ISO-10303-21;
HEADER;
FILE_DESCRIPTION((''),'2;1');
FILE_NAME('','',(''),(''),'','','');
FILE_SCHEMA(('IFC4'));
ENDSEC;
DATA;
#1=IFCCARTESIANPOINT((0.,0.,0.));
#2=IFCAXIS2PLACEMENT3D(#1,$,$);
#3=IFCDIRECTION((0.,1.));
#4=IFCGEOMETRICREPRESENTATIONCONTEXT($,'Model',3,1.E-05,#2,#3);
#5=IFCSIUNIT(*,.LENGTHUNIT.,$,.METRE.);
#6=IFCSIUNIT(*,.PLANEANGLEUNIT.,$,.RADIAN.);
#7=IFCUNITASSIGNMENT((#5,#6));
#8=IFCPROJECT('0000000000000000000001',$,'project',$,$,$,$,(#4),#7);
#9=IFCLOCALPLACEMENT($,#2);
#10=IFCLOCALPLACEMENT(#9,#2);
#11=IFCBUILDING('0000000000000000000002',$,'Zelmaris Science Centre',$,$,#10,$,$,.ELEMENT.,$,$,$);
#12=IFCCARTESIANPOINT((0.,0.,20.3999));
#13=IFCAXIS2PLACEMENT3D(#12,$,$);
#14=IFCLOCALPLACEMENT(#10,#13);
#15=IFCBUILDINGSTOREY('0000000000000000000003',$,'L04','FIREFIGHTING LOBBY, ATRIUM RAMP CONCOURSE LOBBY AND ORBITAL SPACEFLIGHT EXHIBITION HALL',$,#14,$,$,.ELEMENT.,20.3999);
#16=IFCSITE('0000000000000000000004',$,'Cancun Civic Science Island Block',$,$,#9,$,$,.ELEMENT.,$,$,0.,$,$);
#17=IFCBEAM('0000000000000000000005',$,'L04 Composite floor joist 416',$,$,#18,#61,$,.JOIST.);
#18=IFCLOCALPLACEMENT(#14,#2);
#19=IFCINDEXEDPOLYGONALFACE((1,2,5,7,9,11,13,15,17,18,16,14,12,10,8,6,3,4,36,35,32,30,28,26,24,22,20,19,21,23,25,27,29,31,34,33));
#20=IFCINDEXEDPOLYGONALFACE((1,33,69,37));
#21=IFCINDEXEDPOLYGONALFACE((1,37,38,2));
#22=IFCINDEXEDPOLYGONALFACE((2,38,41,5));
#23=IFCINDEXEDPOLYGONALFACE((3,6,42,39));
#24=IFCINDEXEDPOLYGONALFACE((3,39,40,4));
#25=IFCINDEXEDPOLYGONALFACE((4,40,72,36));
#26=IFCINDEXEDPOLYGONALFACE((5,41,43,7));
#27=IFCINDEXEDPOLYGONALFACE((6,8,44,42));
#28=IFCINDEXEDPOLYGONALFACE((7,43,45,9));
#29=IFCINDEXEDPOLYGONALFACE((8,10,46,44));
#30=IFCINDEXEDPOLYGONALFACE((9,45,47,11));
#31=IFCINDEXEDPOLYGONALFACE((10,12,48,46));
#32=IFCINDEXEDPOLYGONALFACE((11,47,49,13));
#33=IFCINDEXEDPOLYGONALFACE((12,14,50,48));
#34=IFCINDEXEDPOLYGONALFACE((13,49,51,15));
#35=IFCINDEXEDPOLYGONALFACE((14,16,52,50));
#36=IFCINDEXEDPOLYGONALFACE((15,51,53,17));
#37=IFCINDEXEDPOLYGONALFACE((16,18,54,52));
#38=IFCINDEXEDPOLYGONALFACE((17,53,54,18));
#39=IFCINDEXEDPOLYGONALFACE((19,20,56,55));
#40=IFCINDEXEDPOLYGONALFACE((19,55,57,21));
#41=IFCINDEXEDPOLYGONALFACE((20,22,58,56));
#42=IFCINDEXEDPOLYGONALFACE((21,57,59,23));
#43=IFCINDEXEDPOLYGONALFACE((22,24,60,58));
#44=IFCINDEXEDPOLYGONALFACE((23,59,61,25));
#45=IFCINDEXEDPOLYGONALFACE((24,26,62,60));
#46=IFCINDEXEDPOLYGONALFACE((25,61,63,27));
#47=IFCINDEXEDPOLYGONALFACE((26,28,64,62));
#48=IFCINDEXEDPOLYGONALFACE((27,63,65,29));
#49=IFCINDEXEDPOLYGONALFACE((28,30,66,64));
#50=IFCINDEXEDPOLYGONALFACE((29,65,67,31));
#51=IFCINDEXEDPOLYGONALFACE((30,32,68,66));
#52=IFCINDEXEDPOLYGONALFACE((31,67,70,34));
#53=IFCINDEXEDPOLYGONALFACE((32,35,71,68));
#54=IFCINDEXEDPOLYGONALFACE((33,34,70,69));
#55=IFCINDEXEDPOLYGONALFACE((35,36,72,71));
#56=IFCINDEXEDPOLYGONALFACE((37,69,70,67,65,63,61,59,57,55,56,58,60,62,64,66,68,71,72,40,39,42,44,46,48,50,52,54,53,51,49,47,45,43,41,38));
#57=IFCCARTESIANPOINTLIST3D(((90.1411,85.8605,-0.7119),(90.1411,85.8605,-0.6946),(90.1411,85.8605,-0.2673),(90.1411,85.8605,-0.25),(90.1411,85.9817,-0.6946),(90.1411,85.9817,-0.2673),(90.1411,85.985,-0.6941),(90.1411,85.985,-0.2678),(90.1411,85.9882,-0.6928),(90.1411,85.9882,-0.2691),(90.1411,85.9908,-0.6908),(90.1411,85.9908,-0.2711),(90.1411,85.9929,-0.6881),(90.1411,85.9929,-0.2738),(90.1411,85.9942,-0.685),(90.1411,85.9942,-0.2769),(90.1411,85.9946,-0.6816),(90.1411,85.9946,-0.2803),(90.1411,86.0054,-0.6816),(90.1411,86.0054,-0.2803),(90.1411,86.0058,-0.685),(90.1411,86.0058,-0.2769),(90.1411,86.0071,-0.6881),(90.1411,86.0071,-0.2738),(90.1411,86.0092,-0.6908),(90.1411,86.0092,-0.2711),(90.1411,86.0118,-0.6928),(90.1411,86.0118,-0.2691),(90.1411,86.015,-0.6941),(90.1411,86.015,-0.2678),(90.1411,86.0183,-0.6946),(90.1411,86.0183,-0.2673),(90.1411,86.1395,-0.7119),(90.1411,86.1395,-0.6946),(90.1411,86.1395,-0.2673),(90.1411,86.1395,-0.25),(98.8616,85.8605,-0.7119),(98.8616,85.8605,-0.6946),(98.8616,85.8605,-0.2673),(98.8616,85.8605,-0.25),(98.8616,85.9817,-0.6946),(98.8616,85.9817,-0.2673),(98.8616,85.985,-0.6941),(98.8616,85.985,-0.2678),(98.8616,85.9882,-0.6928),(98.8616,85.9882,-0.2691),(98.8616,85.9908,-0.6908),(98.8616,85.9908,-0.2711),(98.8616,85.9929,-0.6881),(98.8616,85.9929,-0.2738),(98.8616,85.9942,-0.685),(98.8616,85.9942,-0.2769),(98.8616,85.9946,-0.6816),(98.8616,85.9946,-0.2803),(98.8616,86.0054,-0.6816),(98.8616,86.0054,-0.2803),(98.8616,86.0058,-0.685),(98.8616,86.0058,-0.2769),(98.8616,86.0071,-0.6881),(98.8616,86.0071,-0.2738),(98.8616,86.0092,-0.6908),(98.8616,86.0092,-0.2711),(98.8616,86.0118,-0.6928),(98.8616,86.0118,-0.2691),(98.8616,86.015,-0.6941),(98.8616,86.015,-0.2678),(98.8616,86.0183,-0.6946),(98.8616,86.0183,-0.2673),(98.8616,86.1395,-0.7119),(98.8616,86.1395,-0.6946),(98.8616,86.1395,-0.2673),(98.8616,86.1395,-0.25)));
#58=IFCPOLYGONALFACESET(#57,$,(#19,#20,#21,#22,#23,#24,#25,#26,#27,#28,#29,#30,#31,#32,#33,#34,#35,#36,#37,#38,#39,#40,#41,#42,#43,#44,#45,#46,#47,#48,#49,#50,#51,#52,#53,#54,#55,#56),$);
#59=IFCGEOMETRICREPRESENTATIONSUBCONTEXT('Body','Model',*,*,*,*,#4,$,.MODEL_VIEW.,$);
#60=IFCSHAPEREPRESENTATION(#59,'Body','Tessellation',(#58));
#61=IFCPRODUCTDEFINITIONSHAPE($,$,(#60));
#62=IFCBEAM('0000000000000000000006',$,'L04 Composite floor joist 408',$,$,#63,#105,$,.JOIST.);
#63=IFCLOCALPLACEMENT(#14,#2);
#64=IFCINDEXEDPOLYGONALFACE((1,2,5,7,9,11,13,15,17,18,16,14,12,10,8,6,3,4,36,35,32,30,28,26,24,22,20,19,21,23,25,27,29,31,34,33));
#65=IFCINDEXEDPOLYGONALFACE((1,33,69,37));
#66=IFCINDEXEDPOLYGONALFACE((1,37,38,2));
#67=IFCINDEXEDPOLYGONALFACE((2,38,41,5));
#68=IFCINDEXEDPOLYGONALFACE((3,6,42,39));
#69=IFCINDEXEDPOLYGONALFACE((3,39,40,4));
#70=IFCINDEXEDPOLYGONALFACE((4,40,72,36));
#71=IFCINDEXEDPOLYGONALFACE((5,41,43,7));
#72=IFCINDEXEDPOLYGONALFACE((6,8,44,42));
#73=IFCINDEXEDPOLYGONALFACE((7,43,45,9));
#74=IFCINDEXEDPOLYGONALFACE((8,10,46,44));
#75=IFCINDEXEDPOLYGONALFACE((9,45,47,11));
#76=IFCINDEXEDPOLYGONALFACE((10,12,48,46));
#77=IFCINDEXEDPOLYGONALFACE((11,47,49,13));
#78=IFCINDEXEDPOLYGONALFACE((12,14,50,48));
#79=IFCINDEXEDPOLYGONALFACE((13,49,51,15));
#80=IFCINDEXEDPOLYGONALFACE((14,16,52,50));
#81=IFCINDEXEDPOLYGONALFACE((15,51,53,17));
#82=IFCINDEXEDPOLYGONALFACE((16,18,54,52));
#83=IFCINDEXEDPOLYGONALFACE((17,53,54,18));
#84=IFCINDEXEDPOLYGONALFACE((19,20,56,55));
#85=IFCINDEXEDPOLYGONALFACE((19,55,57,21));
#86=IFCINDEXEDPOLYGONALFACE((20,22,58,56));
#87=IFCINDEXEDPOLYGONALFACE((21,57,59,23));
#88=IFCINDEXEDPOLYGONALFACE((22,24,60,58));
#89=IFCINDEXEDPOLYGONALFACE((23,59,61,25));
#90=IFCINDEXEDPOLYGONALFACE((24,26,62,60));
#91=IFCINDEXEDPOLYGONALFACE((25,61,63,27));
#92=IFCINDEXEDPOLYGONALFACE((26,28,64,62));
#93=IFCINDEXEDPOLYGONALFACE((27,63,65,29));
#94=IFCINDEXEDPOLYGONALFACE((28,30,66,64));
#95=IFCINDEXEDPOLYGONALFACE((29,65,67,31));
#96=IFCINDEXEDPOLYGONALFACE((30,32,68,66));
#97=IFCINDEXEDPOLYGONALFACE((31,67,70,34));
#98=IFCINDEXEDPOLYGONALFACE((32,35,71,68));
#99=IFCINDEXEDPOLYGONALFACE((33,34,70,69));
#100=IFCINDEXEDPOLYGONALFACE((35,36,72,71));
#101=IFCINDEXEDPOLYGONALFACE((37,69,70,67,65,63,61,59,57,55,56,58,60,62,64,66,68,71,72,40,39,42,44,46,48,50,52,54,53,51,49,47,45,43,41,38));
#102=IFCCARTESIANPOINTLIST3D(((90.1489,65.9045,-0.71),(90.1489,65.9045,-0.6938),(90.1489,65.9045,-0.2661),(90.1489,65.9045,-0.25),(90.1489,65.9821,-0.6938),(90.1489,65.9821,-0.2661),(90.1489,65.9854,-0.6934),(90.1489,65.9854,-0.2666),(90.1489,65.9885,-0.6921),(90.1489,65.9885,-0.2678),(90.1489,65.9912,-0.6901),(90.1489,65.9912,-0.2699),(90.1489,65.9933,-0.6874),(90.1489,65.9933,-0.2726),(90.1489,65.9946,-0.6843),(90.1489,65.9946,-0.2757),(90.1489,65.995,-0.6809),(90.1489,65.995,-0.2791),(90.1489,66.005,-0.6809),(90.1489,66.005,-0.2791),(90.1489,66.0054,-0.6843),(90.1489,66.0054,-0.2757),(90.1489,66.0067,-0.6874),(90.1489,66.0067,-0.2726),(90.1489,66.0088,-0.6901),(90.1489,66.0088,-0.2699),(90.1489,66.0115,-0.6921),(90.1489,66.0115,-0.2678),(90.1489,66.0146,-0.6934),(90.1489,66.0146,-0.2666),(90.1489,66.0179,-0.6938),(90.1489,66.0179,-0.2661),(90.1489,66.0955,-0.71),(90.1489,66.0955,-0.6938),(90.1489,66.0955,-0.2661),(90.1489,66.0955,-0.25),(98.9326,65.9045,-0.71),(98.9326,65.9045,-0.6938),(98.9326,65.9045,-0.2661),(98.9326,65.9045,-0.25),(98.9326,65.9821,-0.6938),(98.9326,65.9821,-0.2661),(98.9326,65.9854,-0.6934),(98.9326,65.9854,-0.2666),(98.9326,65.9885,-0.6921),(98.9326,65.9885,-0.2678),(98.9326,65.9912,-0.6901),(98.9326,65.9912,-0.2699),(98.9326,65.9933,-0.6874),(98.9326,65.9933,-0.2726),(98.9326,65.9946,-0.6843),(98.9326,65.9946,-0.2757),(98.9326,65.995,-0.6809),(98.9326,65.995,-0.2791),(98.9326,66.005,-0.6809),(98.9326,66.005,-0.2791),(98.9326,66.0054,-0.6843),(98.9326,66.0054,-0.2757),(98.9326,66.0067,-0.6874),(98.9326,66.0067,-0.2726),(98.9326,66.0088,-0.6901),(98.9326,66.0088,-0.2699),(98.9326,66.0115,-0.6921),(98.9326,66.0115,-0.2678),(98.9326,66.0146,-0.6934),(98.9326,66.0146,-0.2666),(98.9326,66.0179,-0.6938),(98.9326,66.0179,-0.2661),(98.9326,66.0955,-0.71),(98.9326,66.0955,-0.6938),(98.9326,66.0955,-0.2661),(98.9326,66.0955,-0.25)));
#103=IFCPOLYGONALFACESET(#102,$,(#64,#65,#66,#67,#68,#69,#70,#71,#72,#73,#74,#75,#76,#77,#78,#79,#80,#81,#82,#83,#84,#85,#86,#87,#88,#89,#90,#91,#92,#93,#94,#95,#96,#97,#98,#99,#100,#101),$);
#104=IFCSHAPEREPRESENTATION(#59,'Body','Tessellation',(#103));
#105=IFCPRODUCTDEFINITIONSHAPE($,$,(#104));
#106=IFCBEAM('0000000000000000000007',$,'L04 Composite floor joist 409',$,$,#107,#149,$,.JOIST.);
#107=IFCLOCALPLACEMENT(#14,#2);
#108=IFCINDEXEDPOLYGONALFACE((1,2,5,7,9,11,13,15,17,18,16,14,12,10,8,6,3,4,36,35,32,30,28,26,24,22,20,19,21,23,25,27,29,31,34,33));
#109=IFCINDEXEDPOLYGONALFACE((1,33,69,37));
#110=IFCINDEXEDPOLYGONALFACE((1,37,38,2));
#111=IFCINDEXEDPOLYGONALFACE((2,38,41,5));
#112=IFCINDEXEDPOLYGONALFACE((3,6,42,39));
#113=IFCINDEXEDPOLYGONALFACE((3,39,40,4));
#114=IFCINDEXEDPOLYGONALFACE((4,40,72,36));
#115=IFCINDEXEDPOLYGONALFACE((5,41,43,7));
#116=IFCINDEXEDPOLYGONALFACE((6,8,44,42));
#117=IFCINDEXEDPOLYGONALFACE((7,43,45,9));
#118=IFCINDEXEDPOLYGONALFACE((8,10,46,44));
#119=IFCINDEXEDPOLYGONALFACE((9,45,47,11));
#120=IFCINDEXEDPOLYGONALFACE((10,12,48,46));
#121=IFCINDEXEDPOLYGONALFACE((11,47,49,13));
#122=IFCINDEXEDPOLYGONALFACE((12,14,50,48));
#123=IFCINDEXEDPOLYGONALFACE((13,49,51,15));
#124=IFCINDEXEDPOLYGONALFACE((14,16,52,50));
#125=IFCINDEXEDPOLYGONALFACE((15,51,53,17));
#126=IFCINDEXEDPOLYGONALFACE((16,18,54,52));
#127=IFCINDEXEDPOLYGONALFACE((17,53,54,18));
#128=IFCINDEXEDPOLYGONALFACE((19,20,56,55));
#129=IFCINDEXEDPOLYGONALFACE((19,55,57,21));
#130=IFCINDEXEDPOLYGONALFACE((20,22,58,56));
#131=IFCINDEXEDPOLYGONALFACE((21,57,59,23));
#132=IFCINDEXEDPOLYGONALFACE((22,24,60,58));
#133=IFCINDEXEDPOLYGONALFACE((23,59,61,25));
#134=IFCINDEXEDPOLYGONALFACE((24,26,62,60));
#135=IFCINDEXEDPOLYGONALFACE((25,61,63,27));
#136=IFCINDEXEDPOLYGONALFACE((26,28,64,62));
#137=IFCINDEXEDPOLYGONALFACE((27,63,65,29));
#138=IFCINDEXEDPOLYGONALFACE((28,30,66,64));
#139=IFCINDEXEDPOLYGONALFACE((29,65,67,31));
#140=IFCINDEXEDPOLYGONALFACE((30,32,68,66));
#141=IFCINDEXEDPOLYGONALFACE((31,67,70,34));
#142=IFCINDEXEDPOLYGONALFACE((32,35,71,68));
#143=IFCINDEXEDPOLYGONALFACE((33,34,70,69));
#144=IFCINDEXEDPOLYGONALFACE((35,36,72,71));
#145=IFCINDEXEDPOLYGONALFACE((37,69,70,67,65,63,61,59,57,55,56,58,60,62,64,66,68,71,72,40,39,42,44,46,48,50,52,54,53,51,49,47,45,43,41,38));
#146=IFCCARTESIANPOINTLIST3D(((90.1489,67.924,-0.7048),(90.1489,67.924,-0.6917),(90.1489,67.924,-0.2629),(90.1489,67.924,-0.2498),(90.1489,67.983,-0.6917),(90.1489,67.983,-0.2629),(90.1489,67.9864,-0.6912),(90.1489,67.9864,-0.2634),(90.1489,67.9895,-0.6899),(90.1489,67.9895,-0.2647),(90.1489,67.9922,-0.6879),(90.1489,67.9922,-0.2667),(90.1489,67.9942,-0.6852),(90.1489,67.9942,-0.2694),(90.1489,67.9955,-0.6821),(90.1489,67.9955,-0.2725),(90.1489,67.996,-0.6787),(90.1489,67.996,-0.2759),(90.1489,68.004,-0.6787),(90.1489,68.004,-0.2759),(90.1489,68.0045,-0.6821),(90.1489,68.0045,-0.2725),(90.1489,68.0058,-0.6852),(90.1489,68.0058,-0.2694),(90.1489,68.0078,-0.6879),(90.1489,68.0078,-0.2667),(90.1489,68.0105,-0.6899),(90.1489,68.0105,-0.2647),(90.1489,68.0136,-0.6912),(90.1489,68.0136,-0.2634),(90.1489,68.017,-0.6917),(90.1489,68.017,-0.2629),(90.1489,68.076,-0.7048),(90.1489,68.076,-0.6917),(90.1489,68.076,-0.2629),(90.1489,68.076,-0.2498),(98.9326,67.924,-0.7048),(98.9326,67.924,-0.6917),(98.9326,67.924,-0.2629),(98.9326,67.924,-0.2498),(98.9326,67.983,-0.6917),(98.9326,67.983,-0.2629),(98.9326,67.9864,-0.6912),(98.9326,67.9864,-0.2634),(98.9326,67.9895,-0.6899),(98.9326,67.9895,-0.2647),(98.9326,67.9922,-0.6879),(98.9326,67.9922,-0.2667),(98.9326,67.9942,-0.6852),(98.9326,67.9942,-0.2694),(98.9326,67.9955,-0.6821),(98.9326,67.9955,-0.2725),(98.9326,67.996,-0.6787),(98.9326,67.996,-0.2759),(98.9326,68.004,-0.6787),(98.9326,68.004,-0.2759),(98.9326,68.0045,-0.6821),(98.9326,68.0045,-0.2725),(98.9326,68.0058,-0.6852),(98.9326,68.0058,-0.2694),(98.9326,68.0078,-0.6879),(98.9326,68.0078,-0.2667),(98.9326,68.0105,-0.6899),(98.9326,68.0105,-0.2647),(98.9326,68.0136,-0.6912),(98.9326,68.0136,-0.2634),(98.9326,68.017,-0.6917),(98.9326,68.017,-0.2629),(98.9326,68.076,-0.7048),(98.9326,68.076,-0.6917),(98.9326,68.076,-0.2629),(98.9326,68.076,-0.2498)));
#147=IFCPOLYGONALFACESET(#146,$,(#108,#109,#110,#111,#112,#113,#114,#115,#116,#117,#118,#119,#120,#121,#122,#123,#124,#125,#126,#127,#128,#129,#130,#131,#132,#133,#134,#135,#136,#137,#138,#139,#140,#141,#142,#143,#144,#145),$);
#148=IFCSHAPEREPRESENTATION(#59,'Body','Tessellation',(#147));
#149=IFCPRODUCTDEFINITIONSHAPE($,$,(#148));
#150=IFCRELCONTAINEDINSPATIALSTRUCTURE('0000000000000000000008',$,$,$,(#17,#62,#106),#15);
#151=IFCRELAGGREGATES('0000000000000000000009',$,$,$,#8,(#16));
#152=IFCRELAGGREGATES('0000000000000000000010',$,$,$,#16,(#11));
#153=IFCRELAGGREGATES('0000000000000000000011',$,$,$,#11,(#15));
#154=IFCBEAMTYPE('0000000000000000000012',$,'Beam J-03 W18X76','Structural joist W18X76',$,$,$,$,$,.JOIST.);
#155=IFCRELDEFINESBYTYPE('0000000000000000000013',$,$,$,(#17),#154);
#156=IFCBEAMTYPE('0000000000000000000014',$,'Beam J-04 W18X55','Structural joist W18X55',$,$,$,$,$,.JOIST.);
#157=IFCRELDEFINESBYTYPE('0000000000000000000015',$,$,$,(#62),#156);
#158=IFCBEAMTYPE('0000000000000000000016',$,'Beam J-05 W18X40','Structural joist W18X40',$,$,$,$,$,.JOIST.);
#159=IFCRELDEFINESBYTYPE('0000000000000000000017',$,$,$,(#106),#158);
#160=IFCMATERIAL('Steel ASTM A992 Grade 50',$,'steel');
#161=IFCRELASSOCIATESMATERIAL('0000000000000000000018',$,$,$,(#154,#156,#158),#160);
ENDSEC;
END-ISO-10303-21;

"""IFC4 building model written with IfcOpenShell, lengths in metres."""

from ifc_helpers import new_model, si_unit, direction, frame, origin, origin_2d, place, context, subcontext, project, spatial, i_section, extrude, material, material_profile, profile_set, type_object, element, save


model = new_model("IFC4")

# Units and contexts
model_context = context("Model", 3, precision=1e-05, world=origin(), true_north=direction((0.0, 1.0)))
body_context = subcontext(model_context, "Body", "Model", "MODEL_VIEW")
ifc_project = project(units=[si_unit("LENGTHUNIT", "METRE"), si_unit("PLANEANGLEUNIT", "RADIAN")], contexts=[model_context])

# Site, building, storey
site_placement = place(None, origin())
site = spatial("IfcSite", under=ifc_project, at=site_placement, Name="Cancun Civic Science Island Block", CompositionType="ELEMENT", RefElevation=0.0)
building_placement = place(site_placement, origin())
building = spatial("IfcBuilding", under=site, at=building_placement, Name="Zelmaris Science Centre", CompositionType="ELEMENT")
storey_placement = place(building_placement, frame((0.0, 0.0, 20.3999)))
storey = spatial("IfcBuildingStorey", under=building, at=storey_placement, Name="L04", Description="FIREFIGHTING LOBBY, ATRIUM RAMP CONCOURSE LOBBY AND ORBITAL SPACEFLIGHT EXHIBITION HALL", CompositionType="ELEMENT", Elevation=20.3999)

# Beams
ifc_material_1 = material(Name="Steel ASTM A992 Grade 50", Category="steel")
ifc_material_profile_1 = material_profile(ifc_material_1, i_section(OverallWidth=0.2791, OverallDepth=0.4619, WebThickness=0.0107, FlangeThickness=0.0173, FilletRadius=0.0129, at=origin_2d()), Name="W18X76")
ifc_profile_set_1 = profile_set([ifc_material_profile_1], Name="Steel ASTM A992 Grade 50")
beam_type_1 = type_object("IfcBeamType", Name="Beam J-03 W18X76", Description="Structural joist W18X76", PredefinedType="JOIST", material=ifc_profile_set_1)
beam_1_placement = place(storey_placement, frame((90.1411, 86.0, -0.481), z_axis=(1.0, 0.0, 0.0), x_axis=(0.0, 1.0, 0.0)))
element("IfcBeam", 1, at=beam_1_placement, inside=storey, type_object=beam_type_1, Name="L04 Composite floor joist 416", PredefinedType="JOIST", context=body_context, shape_type="SweptSolid", body=[
    extrude(i_section(OverallWidth=0.2791, OverallDepth=0.4619, WebThickness=0.0107, FlangeThickness=0.0173, FilletRadius=0.0129, at=origin_2d()), origin(), (0.0, 0.0, 1.0), 8.7205),
])
ifc_material_profile_2 = material_profile(ifc_material_1, i_section(OverallWidth=0.1909, OverallDepth=0.46, WebThickness=0.01, FlangeThickness=0.0161, FilletRadius=0.0129, at=origin_2d()), Name="W18X55")
ifc_profile_set_2 = profile_set([ifc_material_profile_2], Name="Steel ASTM A992 Grade 50")
beam_type_2 = type_object("IfcBeamType", Name="Beam J-04 W18X55", Description="Structural joist W18X55", PredefinedType="JOIST", material=ifc_profile_set_2)
beam_2_placement = place(storey_placement, frame((90.1489, 66.0, -0.48), z_axis=(1.0, 0.0, 0.0), x_axis=(0.0, 1.0, 0.0)))
element("IfcBeam", 2, at=beam_2_placement, inside=storey, type_object=beam_type_2, Name="L04 Composite floor joist 408", PredefinedType="JOIST", context=body_context, shape_type="SweptSolid", body=[
    extrude(i_section(OverallWidth=0.1909, OverallDepth=0.46, WebThickness=0.01, FlangeThickness=0.0161, FilletRadius=0.0129, at=origin_2d()), origin(), (0.0, 0.0, 1.0), 8.7837),
])
ifc_material_profile_3 = material_profile(ifc_material_1, i_section(OverallWidth=0.1521, OverallDepth=0.4551, WebThickness=0.0081, FlangeThickness=0.0132, FilletRadius=0.0129, at=origin_2d()), Name="W18X40")
ifc_profile_set_3 = profile_set([ifc_material_profile_3], Name="Steel ASTM A992 Grade 50")
beam_type_3 = type_object("IfcBeamType", Name="Beam J-05 W18X40", Description="Structural joist W18X40", PredefinedType="JOIST", material=ifc_profile_set_3)
beam_3_placement = place(storey_placement, frame((90.1489, 68.0, -0.4773), z_axis=(1.0, 0.0, 0.0), x_axis=(0.0, 1.0, 0.0)))
element("IfcBeam", 3, at=beam_3_placement, inside=storey, type_object=beam_type_3, Name="L04 Composite floor joist 409", PredefinedType="JOIST", context=body_context, shape_type="SweptSolid", body=[
    extrude(i_section(OverallWidth=0.1521, OverallDepth=0.4551, WebThickness=0.0081, FlangeThickness=0.0132, FilletRadius=0.0129, at=origin_2d()), origin(), (0.0, 0.0, 1.0), 8.7837),
])

save(model, "model.ifc")
